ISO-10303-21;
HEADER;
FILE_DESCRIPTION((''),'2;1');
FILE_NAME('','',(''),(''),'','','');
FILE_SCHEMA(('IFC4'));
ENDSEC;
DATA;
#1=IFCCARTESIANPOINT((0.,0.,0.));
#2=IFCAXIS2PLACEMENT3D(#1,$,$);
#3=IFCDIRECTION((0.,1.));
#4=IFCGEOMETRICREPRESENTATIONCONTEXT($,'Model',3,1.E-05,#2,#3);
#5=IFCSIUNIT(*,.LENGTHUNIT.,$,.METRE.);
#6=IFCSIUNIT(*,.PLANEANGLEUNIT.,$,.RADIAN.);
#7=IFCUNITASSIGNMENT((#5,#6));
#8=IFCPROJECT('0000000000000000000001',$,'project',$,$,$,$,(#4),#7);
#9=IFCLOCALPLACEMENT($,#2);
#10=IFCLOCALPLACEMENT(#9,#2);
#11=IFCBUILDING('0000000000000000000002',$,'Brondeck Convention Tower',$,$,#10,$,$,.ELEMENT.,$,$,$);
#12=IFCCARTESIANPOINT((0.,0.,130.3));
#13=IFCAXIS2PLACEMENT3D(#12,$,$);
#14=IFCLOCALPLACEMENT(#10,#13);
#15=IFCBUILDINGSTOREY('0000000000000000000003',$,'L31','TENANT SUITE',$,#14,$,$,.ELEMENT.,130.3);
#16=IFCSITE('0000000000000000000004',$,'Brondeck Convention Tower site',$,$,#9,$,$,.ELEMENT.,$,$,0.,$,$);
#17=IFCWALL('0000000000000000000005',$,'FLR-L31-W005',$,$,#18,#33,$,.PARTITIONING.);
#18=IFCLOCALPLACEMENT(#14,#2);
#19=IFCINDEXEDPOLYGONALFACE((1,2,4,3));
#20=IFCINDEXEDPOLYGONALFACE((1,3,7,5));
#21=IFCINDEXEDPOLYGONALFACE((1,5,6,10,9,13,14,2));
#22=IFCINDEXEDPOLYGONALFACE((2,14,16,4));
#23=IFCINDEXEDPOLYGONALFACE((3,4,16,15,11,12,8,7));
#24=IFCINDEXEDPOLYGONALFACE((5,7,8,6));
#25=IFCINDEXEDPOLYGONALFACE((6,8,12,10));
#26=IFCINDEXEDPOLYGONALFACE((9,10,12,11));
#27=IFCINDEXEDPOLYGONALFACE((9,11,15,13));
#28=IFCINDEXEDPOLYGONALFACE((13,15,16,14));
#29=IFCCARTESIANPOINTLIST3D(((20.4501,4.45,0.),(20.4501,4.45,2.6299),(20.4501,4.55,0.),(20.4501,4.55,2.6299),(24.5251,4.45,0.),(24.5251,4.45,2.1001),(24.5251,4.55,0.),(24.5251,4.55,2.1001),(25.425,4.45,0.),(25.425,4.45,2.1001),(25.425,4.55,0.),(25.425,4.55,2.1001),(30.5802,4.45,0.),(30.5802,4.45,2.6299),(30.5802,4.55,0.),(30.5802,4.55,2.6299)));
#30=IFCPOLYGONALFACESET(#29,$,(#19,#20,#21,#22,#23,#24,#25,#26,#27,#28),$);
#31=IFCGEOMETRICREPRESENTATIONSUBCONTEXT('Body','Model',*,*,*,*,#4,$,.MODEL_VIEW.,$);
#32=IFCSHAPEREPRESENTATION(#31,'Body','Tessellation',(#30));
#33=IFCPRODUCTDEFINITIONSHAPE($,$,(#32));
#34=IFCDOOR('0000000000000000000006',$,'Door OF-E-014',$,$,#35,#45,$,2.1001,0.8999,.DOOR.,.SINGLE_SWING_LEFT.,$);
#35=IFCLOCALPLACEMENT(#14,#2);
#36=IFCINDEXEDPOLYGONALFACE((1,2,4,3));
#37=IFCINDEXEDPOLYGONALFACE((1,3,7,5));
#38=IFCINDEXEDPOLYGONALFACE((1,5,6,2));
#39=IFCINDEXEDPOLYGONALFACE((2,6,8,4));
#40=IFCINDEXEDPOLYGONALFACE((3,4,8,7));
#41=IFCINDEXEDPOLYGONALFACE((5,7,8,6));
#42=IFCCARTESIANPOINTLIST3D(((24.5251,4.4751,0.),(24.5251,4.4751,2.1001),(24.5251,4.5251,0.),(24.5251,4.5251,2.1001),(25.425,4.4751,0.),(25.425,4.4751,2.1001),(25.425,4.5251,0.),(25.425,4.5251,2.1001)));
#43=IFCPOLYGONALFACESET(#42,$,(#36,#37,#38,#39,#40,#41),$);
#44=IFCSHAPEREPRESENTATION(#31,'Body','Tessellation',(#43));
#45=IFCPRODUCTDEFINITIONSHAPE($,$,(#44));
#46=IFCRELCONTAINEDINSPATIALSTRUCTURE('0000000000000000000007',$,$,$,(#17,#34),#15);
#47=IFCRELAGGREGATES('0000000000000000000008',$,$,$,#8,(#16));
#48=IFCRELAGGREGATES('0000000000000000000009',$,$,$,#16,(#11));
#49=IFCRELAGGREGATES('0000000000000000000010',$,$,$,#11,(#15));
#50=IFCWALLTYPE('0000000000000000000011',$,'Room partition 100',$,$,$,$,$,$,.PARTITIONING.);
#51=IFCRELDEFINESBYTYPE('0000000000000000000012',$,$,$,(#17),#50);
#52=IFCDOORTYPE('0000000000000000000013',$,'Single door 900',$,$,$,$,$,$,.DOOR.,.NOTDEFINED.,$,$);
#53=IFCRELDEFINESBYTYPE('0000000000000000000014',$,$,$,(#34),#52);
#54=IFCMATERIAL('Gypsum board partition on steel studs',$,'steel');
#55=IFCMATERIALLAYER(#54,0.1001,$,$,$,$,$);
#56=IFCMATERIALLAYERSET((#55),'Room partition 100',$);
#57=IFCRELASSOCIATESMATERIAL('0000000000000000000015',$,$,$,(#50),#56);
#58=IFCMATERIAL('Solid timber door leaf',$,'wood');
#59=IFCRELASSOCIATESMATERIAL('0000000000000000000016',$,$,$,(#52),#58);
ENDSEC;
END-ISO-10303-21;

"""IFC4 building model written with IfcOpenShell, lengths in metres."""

from ifc_helpers import new_model, si_unit, direction, frame, frame_2d, origin, place, context, subcontext, project, spatial, rectangle, extrude, material, layer, layer_set, type_object, element, fill, save


model = new_model("IFC4")

# Units and contexts
model_context = context("Model", 3, precision=1e-05, world=origin(), true_north=direction((0.0, 1.0)))
body_context = subcontext(model_context, "Body", "Model", "MODEL_VIEW")
ifc_project = project(units=[si_unit("LENGTHUNIT", "METRE"), si_unit("PLANEANGLEUNIT", "RADIAN")], contexts=[model_context])

# Site, building, storey
site_placement = place(None, origin())
site = spatial("IfcSite", under=ifc_project, at=site_placement, Name="Brondeck Convention Tower site", CompositionType="ELEMENT", RefElevation=0.0)
building_placement = place(site_placement, origin())
building = spatial("IfcBuilding", under=site, at=building_placement, Name="Brondeck Convention Tower", CompositionType="ELEMENT")
storey_placement = place(building_placement, frame((0.0, 0.0, 130.3)))
storey = spatial("IfcBuildingStorey", under=building, at=storey_placement, Name="L31", Description="TENANT SUITE", CompositionType="ELEMENT", Elevation=130.3)

# Wall, opening, door
ifc_material_1 = material(Name="Gypsum board partition on steel studs", Category="steel")
ifc_layer_1 = layer(ifc_material_1, 0.1001)
ifc_layer_set_1 = layer_set([ifc_layer_1], Name="Room partition 100")
wall_type_1 = type_object("IfcWallType", Name="Room partition 100", PredefinedType="PARTITIONING", material=ifc_layer_set_1)
wall_1_placement = place(storey_placement, frame((30.5801, 4.5, 0.0), z_axis=(0.0, 0.0, 1.0), x_axis=(-1.0, 0.0, 0.0)))
wall_1 = element("IfcWall", 1, at=wall_1_placement, inside=storey, type_object=wall_type_1, Name="FLR-L31-W005", PredefinedType="PARTITIONING", context=body_context, shape_type="SweptSolid", body=[
    extrude(rectangle(XDim=10.1301, YDim=0.1001, at=frame_2d((5.0649, 0.0))), origin(), (0.0, 0.0, 1.0), 2.6299),
])
opening_1_placement = place(wall_1_placement, frame((5.155, 0.0, 0.0)))
opening_1 = element("IfcOpeningElement", 2, at=opening_1_placement, cuts=wall_1, PredefinedType="OPENING", context=body_context, shape_type="SweptSolid", body=[
    extrude(rectangle(XDim=0.8999, YDim=2.1001, at=frame_2d((0.45, 1.05))), frame((0.0, 0.0601, 0.0), z_axis=(0.0, -1.0, 0.0), x_axis=(1.0, 0.0, 0.0)), (0.0, 0.0, 1.0), 0.1201),
])
ifc_material_2 = material(Name="Solid timber door leaf", Category="wood")
door_type = type_object("IfcDoorType", Name="Single door 900", OperationType="NOTDEFINED", PredefinedType="DOOR", material=ifc_material_2)
door_placement = place(opening_1_placement, origin())
door = element("IfcDoor", 3, at=door_placement, inside=storey, type_object=door_type, Name="Door OF-E-014", OperationType="SINGLE_SWING_LEFT", OverallHeight=2.1001, OverallWidth=0.8999, PredefinedType="DOOR", context=body_context, shape_type="SweptSolid", body=[
    extrude(rectangle(XDim=0.8999, YDim=2.1001, at=frame_2d((0.45, 1.05))), frame((0.0, 0.0249, 0.0), z_axis=(0.0, -1.0, 0.0), x_axis=(1.0, 0.0, 0.0)), (0.0, 0.0, 1.0), 0.05),
])
fill(opening_1, door)

save(model, "model.ifc")
